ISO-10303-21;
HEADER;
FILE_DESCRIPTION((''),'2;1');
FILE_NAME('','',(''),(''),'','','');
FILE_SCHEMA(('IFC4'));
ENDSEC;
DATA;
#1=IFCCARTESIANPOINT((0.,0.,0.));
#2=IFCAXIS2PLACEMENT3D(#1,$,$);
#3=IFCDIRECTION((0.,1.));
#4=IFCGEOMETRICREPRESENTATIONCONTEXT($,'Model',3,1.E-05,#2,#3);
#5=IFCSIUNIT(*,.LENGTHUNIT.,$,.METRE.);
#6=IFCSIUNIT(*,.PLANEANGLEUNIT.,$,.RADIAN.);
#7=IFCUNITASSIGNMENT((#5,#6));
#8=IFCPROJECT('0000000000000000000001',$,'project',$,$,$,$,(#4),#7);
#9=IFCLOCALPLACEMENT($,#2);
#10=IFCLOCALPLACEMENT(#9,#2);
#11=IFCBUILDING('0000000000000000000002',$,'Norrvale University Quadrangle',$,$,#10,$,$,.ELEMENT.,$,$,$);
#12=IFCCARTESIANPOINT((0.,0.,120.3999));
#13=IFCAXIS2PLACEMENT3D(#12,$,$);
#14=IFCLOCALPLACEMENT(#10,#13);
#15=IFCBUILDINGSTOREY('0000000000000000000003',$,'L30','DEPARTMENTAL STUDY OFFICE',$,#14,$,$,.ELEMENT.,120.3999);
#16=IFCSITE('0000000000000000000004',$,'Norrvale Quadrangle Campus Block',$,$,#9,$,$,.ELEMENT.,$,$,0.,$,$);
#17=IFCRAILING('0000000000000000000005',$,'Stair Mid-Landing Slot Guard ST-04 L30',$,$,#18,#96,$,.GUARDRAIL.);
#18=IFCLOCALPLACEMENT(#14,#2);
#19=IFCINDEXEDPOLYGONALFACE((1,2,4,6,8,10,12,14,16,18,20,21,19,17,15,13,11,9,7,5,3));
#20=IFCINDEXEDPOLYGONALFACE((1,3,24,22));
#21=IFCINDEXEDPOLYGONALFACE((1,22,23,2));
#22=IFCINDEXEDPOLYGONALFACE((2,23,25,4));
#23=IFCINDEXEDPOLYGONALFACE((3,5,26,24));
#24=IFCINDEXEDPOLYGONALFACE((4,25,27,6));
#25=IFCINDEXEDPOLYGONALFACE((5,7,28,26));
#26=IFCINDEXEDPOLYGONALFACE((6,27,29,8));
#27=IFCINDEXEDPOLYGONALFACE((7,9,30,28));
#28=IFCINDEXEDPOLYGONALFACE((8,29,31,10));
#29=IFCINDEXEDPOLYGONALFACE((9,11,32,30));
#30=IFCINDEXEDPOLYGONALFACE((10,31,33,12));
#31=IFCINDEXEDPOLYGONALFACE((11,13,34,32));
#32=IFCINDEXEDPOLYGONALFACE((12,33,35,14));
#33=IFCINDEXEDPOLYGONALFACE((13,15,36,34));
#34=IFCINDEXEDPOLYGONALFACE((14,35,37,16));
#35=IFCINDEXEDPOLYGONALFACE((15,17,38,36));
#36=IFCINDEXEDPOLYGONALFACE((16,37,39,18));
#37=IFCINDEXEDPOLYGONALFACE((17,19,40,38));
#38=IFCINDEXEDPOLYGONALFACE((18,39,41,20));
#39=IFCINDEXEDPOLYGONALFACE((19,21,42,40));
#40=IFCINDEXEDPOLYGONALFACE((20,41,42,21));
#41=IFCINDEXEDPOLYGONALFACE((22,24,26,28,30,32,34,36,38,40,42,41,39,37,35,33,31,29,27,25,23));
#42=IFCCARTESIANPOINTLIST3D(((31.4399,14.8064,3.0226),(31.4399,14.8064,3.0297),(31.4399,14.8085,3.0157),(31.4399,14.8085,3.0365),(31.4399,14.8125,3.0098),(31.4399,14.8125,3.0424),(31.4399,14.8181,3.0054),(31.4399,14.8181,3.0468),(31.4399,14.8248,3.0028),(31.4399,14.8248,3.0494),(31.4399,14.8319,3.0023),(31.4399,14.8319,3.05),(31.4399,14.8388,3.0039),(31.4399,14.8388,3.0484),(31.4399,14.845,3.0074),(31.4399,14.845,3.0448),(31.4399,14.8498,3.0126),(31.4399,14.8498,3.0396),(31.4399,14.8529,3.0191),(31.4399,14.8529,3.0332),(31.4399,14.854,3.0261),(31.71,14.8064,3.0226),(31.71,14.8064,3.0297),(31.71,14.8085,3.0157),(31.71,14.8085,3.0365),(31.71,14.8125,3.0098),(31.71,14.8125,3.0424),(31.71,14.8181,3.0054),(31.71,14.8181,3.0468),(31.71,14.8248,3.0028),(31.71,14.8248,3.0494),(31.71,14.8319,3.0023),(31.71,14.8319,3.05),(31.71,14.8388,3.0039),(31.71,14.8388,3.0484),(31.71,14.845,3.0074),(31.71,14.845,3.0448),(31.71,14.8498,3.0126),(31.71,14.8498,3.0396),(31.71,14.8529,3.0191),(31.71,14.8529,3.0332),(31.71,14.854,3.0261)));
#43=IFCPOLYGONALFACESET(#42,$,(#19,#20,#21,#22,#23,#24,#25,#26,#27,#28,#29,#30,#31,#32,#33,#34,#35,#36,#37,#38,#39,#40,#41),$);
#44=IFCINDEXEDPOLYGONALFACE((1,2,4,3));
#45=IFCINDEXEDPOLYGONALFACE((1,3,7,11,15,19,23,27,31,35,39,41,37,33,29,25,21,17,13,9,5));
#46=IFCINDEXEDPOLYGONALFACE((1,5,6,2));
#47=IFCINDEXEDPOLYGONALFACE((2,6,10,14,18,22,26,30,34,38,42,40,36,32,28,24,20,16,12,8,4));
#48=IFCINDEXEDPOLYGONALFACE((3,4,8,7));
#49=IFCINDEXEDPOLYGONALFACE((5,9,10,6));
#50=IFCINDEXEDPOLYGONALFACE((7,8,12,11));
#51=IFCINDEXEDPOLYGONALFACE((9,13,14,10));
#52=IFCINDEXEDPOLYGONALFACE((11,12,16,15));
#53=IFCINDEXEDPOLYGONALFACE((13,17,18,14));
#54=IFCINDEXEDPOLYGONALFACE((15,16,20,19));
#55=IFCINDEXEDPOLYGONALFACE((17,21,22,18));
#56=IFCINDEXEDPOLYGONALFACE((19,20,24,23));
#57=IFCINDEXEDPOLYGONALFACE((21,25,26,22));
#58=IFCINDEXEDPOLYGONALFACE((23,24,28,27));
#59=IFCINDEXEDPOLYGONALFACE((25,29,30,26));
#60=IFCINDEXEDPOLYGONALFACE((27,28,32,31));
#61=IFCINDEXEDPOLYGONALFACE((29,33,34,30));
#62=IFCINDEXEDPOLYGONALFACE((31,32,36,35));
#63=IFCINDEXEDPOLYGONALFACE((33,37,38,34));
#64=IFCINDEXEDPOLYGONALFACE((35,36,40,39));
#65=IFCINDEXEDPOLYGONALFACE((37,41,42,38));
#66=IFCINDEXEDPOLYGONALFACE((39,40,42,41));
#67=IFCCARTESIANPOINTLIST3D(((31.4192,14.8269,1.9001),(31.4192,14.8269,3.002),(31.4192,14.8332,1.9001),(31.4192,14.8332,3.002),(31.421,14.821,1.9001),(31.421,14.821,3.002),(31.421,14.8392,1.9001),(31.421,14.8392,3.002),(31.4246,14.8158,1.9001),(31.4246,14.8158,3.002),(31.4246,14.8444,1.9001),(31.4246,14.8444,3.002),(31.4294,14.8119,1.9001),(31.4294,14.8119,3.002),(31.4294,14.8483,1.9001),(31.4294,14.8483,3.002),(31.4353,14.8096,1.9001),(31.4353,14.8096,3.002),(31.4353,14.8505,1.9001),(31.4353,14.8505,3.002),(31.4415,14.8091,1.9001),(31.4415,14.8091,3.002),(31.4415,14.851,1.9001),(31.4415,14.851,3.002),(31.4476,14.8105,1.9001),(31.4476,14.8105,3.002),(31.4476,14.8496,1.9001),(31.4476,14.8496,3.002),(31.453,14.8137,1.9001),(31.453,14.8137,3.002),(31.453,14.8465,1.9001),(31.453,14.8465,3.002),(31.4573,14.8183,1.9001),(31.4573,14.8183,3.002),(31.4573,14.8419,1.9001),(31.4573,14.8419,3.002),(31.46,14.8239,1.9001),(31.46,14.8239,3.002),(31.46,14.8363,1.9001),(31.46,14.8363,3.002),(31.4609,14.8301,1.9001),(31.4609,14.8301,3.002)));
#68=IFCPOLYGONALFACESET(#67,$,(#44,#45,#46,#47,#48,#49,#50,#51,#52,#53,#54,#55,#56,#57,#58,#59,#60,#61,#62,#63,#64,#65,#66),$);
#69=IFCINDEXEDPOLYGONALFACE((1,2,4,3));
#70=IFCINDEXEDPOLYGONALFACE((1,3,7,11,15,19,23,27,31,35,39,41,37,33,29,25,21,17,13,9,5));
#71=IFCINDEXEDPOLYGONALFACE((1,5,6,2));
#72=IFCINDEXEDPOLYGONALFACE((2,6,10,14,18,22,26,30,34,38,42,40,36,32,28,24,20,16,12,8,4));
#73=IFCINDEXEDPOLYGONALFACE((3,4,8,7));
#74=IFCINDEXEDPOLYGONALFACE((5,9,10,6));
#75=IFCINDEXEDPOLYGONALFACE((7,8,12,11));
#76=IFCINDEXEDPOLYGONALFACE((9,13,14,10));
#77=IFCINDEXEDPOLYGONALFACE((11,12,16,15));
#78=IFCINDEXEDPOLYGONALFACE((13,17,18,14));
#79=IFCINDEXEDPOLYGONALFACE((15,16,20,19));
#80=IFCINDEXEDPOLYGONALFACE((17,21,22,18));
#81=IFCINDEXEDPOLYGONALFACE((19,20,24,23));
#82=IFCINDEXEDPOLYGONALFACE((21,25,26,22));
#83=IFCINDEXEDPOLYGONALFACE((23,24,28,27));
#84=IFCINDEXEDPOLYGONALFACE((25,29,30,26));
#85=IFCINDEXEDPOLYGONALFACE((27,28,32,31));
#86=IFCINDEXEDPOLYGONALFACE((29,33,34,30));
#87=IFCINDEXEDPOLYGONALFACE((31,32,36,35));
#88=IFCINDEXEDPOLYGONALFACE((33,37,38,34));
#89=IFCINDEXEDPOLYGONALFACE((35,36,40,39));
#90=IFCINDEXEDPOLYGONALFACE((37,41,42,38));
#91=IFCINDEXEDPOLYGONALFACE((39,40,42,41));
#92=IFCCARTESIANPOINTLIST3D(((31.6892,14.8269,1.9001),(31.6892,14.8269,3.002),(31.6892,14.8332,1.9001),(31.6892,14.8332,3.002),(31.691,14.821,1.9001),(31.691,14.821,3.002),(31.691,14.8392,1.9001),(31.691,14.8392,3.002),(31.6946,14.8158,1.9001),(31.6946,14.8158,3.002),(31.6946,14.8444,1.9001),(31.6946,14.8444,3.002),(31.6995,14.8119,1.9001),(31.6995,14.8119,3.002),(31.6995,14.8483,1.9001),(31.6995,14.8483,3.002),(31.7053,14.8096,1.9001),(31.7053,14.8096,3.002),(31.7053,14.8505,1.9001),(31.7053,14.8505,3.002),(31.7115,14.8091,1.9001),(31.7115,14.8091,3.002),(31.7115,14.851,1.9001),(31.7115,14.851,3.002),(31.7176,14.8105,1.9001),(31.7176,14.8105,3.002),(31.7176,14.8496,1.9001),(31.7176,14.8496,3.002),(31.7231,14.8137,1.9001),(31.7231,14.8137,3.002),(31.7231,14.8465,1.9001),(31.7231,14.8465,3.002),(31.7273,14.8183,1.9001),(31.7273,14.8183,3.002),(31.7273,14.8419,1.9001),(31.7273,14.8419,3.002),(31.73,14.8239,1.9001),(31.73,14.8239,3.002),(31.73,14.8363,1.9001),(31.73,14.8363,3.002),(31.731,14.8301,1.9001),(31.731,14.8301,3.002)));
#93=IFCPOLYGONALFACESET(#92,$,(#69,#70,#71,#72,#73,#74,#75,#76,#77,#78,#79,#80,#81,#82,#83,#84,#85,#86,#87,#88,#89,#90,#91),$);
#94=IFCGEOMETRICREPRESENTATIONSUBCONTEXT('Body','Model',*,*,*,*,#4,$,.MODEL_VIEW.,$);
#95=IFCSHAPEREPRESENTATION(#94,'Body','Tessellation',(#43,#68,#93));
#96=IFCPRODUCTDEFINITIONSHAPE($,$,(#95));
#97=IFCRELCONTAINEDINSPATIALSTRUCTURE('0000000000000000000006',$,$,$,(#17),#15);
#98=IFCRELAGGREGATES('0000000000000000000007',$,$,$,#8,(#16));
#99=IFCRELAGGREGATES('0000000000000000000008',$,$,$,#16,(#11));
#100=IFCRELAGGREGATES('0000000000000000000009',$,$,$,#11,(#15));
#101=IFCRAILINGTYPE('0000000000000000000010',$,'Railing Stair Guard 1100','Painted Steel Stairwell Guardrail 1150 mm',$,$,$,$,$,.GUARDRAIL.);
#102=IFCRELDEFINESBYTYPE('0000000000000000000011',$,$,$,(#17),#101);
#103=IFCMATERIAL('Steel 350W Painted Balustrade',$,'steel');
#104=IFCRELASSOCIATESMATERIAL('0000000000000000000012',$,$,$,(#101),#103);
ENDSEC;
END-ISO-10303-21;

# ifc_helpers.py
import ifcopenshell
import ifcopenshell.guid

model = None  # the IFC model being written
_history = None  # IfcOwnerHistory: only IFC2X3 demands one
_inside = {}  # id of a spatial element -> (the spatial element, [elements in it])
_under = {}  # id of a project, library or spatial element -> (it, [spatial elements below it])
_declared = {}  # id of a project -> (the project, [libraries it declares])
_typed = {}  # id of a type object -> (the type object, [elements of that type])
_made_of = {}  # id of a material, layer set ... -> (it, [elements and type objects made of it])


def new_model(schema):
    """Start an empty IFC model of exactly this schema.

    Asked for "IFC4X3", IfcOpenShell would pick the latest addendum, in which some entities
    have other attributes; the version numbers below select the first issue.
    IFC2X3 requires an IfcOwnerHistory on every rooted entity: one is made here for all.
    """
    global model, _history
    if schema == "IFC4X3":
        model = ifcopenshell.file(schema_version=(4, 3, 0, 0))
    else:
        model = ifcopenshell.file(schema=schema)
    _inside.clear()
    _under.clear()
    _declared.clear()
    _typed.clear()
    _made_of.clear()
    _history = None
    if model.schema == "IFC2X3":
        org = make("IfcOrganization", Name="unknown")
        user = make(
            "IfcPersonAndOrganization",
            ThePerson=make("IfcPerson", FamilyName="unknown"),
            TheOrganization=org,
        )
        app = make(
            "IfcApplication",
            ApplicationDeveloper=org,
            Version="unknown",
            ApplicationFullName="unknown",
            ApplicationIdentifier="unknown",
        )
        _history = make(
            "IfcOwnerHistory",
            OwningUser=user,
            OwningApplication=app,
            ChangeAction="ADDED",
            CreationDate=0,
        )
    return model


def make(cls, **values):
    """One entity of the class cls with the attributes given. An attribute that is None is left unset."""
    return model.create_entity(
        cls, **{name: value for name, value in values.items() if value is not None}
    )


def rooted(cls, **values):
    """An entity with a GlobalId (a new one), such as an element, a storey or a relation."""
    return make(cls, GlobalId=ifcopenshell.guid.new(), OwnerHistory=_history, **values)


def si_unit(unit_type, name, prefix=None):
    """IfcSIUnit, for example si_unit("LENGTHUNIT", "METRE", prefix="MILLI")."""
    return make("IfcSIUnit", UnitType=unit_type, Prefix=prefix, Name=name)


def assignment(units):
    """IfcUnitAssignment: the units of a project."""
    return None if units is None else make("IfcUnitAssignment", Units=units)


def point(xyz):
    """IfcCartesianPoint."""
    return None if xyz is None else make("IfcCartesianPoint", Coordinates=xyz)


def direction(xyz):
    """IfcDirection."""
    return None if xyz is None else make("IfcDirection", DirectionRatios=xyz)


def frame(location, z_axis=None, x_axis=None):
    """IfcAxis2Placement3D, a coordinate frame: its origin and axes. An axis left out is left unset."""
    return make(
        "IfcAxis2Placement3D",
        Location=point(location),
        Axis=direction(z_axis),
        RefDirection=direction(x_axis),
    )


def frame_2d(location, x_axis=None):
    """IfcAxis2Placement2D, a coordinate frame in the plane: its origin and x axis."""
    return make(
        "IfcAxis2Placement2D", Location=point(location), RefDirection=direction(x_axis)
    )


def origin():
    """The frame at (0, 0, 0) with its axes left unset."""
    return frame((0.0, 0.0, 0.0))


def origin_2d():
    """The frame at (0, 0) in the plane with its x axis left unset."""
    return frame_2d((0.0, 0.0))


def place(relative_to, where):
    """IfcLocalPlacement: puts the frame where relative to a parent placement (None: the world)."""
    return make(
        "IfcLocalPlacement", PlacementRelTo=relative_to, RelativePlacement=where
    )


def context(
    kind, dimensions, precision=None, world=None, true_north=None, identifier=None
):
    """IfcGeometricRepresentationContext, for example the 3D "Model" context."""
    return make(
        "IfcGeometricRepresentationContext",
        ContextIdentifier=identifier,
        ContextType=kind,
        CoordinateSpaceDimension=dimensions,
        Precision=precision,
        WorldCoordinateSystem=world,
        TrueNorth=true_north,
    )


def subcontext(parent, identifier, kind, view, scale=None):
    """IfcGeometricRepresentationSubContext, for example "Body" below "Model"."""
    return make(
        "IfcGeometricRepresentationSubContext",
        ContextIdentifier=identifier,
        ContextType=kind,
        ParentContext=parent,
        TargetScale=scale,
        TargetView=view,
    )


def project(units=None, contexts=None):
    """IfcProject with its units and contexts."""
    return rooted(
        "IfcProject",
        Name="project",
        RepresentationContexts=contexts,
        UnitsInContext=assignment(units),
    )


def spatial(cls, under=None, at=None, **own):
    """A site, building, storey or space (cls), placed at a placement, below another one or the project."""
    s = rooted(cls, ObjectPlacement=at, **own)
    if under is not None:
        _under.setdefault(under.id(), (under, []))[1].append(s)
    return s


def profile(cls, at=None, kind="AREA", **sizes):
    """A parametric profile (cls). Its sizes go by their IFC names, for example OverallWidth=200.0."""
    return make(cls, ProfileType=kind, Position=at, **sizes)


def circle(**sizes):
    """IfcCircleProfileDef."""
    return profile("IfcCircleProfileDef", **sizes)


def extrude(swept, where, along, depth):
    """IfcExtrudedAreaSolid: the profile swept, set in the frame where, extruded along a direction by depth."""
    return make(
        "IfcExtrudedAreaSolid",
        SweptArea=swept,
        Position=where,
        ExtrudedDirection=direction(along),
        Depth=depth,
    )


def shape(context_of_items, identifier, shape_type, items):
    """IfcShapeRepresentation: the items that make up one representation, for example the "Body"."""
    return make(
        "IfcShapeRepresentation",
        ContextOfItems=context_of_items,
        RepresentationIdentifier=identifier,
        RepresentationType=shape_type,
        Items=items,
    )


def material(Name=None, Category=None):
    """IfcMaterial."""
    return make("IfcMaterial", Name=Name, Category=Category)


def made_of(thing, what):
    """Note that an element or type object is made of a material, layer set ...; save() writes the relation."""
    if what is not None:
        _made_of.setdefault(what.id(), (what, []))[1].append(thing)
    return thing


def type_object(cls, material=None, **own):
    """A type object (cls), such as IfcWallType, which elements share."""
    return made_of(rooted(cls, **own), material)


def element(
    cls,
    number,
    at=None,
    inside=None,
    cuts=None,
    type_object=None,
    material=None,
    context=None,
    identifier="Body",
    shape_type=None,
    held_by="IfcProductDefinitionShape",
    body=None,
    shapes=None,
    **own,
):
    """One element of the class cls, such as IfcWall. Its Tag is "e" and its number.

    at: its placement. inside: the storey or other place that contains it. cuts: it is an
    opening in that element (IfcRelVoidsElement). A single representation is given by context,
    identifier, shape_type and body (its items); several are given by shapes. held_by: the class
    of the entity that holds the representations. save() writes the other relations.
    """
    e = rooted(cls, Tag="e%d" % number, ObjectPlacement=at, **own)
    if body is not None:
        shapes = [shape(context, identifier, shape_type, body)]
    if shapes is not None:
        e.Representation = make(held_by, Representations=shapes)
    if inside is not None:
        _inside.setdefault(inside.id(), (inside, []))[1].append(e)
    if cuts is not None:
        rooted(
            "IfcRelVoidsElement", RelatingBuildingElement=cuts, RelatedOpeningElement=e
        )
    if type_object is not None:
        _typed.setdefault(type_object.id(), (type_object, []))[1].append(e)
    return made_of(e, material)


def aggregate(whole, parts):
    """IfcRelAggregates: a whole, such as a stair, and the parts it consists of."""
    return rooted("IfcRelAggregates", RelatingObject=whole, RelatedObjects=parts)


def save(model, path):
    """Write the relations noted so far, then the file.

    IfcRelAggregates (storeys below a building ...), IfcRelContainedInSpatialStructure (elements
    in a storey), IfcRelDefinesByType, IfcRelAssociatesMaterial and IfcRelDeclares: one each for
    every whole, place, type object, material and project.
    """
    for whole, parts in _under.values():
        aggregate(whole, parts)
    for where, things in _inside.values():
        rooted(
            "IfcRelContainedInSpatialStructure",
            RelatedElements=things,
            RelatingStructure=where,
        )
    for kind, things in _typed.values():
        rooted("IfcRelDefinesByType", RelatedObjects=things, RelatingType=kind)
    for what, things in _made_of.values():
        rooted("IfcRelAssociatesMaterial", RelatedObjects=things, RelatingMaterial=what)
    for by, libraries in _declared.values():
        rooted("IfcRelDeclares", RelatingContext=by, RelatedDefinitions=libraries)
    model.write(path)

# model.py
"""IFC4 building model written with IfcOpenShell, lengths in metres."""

from ifc_helpers import new_model, si_unit, direction, frame, origin, origin_2d, place, context, subcontext, project, spatial, circle, extrude, material, type_object, element, save


model = new_model("IFC4")

# Units and contexts
model_context = context("Model", 3, precision=1e-05, world=origin(), true_north=direction((0.0, 1.0)))
body_context = subcontext(model_context, "Body", "Model", "MODEL_VIEW")
ifc_project = project(units=[si_unit("LENGTHUNIT", "METRE"), si_unit("PLANEANGLEUNIT", "RADIAN")], contexts=[model_context])

# Site, building, storey
site_placement = place(None, origin())
site = spatial("IfcSite", under=ifc_project, at=site_placement, Name="Norrvale Quadrangle Campus Block", CompositionType="ELEMENT", RefElevation=0.0)
building_placement = place(site_placement, origin())
building = spatial("IfcBuilding", under=site, at=building_placement, Name="Norrvale University Quadrangle", CompositionType="ELEMENT")
storey_placement = place(building_placement, frame((0.0, 0.0, 120.3999)))
storey = spatial("IfcBuildingStorey", under=building, at=storey_placement, Name="L30", Description="DEPARTMENTAL STUDY OFFICE", CompositionType="ELEMENT", Elevation=120.3999)

# Railing
ifc_material_1 = material(Name="Steel 350W Painted Balustrade", Category="steel")
railing_type_1 = type_object("IfcRailingType", Name="Railing Stair Guard 1100", Description="Painted Steel Stairwell Guardrail 1150 mm", PredefinedType="GUARDRAIL", material=ifc_material_1)
railing_1_placement = place(storey_placement, frame((31.4399, 14.8301, 1.9001)))
element("IfcRailing", 1, at=railing_1_placement, inside=storey, type_object=railing_type_1, Name="Stair Mid-Landing Slot Guard ST-04 L30", PredefinedType="GUARDRAIL", context=body_context, shape_type="SweptSolid", body=[
    extrude(circle(Radius=0.0239, at=origin_2d()), frame((0.0, 0.0, 1.126), z_axis=(1.0, 0.0, 0.0), x_axis=(0.0, 1.0, 0.0)), (0.0, 0.0, 1.0), 0.27),
    extrude(circle(Radius=0.021, at=origin_2d()), origin(), (0.0, 0.0, 1.0), 1.1018),
    extrude(circle(Radius=0.021, at=origin_2d()), frame((0.27, 0.0, 0.0)), (0.0, 0.0, 1.0), 1.1018),
])

save(model, "model.ifc")
